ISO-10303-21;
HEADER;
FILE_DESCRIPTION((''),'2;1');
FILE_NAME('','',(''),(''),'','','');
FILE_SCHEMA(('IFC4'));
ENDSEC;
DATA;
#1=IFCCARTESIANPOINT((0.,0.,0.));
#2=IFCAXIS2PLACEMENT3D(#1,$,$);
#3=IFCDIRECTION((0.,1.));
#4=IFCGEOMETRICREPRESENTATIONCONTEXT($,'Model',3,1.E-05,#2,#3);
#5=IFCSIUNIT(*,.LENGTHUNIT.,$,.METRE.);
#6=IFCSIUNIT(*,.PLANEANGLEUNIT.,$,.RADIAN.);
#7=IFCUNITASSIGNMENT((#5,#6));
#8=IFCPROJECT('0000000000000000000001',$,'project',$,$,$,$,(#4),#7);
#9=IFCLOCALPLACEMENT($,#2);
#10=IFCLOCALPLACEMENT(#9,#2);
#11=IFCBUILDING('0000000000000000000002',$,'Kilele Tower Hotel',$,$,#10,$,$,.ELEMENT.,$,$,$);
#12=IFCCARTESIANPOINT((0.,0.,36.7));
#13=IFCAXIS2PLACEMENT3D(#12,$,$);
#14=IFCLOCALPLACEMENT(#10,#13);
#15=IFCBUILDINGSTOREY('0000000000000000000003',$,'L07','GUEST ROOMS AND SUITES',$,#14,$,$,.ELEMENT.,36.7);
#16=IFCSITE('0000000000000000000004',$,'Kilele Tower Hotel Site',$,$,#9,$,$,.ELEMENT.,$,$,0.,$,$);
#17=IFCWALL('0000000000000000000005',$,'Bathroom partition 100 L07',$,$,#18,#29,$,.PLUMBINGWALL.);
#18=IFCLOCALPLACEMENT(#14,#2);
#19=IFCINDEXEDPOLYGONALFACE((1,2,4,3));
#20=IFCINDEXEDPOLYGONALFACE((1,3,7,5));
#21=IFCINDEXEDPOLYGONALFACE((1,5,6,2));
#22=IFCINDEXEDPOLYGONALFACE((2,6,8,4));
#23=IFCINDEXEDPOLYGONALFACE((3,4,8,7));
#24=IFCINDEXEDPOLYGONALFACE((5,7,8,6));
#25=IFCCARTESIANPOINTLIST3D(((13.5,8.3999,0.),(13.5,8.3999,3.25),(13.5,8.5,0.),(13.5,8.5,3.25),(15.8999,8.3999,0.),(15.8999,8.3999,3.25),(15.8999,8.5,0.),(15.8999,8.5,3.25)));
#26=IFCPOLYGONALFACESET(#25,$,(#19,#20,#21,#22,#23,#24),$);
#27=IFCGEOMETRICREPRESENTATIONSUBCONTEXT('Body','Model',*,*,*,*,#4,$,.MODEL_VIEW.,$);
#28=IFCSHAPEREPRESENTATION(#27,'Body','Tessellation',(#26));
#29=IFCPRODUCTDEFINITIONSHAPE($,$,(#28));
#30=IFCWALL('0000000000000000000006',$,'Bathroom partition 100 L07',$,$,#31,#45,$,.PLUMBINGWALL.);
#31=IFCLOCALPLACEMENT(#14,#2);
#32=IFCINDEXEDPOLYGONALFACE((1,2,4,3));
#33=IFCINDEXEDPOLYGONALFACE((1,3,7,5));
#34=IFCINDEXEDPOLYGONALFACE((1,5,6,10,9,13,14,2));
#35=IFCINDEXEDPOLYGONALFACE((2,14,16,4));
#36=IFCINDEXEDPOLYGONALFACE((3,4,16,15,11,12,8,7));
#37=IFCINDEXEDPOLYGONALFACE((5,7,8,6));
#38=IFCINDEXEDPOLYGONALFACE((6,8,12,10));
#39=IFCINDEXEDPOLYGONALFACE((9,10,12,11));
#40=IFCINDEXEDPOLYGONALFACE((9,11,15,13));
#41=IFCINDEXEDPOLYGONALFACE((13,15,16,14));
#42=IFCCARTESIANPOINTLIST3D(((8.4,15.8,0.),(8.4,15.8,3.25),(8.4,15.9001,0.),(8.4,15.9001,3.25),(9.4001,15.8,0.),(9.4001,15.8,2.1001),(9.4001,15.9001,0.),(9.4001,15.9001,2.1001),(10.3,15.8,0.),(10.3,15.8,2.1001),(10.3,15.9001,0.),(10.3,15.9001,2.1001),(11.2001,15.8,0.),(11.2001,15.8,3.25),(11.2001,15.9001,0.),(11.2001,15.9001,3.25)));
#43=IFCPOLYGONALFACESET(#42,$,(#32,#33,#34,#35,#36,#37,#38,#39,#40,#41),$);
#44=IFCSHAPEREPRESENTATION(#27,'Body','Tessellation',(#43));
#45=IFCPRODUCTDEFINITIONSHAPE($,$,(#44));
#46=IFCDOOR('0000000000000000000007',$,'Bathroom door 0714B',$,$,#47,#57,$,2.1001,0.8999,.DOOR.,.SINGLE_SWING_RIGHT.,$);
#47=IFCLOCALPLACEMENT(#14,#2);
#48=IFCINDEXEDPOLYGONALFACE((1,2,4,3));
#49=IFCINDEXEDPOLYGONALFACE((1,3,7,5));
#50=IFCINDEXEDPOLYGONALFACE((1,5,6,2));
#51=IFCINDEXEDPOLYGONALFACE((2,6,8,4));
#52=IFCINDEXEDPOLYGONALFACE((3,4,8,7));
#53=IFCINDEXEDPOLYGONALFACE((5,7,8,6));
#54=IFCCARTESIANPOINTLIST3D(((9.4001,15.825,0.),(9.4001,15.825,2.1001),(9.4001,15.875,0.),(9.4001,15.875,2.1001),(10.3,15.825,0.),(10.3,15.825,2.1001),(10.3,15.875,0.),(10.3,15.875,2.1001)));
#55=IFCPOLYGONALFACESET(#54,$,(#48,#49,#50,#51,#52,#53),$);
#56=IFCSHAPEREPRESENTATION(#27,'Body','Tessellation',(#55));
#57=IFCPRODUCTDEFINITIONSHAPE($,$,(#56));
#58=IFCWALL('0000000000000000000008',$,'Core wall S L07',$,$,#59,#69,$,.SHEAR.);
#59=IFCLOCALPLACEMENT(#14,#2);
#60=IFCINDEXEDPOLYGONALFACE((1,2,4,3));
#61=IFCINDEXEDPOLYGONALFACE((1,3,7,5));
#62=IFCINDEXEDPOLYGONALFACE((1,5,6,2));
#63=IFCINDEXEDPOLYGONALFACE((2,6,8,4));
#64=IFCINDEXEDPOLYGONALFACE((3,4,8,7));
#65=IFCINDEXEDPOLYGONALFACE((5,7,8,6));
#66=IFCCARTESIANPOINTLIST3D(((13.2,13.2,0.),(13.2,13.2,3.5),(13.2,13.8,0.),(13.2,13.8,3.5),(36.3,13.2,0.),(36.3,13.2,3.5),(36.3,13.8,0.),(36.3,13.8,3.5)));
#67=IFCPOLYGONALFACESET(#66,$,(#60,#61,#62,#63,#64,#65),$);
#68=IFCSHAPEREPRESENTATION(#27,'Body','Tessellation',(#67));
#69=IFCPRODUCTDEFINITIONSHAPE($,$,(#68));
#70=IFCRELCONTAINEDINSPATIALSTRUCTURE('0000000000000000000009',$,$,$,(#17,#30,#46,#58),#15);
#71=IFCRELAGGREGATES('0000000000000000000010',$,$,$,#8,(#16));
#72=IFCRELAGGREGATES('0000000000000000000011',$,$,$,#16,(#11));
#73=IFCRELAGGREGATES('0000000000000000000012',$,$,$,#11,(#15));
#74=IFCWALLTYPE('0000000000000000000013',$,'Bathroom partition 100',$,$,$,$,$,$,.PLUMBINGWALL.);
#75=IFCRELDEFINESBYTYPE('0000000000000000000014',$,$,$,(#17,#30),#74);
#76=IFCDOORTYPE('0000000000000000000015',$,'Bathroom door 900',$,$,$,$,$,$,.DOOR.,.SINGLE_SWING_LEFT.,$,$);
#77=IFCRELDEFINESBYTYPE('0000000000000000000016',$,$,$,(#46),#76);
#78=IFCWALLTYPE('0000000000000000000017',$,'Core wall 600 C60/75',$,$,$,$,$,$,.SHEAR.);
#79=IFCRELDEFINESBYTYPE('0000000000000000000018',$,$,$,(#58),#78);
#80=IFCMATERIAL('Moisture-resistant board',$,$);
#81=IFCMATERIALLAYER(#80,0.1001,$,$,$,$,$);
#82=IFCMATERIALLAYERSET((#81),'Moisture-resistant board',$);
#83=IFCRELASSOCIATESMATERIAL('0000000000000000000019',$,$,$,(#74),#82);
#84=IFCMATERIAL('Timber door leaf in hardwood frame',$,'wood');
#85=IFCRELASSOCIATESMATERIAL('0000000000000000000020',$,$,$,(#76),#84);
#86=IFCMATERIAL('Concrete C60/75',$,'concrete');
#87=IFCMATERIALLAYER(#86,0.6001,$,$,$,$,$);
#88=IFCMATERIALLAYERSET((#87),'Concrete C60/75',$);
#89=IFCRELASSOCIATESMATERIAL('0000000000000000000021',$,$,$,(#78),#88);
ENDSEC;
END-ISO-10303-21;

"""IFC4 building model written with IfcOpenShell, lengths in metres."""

from ifc_helpers import new_model, si_unit, direction, frame, frame_2d, origin, place, context, subcontext, project, spatial, rectangle, extrude, material, layer, layer_set, type_object, element, fill, save


model = new_model("IFC4")

# Units and contexts
model_context = context("Model", 3, precision=1e-05, world=origin(), true_north=direction((0.0, 1.0)))
body_context = subcontext(model_context, "Body", "Model", "MODEL_VIEW")
ifc_project = project(units=[si_unit("LENGTHUNIT", "METRE"), si_unit("PLANEANGLEUNIT", "RADIAN")], contexts=[model_context])

# Site, building, storey
site_placement = place(None, origin())
site = spatial("IfcSite", under=ifc_project, at=site_placement, Name="Kilele Tower Hotel Site", CompositionType="ELEMENT", RefElevation=0.0)
building_placement = place(site_placement, origin())
building = spatial("IfcBuilding", under=site, at=building_placement, Name="Kilele Tower Hotel", CompositionType="ELEMENT")
storey_placement = place(building_placement, frame((0.0, 0.0, 36.7)))
storey = spatial("IfcBuildingStorey", under=building, at=storey_placement, Name="L07", Description="GUEST ROOMS AND SUITES", CompositionType="ELEMENT", Elevation=36.7)

# Wall
ifc_material_1 = material(Name="Moisture-resistant board")
ifc_layer_1 = layer(ifc_material_1, 0.1001)
ifc_layer_set_1 = layer_set([ifc_layer_1], Name="Moisture-resistant board")
wall_type_1 = type_object("IfcWallType", Name="Bathroom partition 100", PredefinedType="PLUMBINGWALL", material=ifc_layer_set_1)
wall_1_placement = place(storey_placement, frame((13.5, 8.45, 0.0), z_axis=(0.0, 0.0, 1.0), x_axis=(1.0, 0.0, 0.0)))
element("IfcWall", 1, at=wall_1_placement, inside=storey, type_object=wall_type_1, Name="Bathroom partition 100 L07", PredefinedType="PLUMBINGWALL", context=body_context, shape_type="SweptSolid", body=[
    extrude(rectangle(XDim=2.3999, YDim=0.1001, at=frame_2d((1.2, 0.0))), origin(), (0.0, 0.0, 1.0), 3.25),
])

# Wall, opening, door
wall_2_placement = place(storey_placement, frame((11.2, 15.8501, 0.0), z_axis=(0.0, 0.0, 1.0), x_axis=(-1.0, 0.0, 0.0)))
wall_2 = element("IfcWall", 2, at=wall_2_placement, inside=storey, type_object=wall_type_1, Name="Bathroom partition 100 L07", PredefinedType="PLUMBINGWALL", context=body_context, shape_type="SweptSolid", body=[
    extrude(rectangle(XDim=2.8, YDim=0.1001, at=frame_2d((1.3999, 0.0))), origin(), (0.0, 0.0, 1.0), 3.25),
])
opening_1_placement = place(wall_2_placement, frame((1.7998, 0.0, 0.0), z_axis=(0.0, 0.0, 1.0), x_axis=(-1.0, 0.0, 0.0)))
opening_1 = element("IfcOpeningElement", 3, at=opening_1_placement, cuts=wall_2, PredefinedType="OPENING", context=body_context, shape_type="SweptSolid", body=[
    extrude(rectangle(XDim=0.8999, YDim=2.1001, at=frame_2d((0.45, 1.05))), frame((0.0, 0.0601, 0.0), z_axis=(0.0, -1.0, 0.0), x_axis=(1.0, 0.0, 0.0)), (0.0, 0.0, 1.0), 0.1201),
])
ifc_material_2 = material(Name="Timber door leaf in hardwood frame", Category="wood")
door_type_1 = type_object("IfcDoorType", Name="Bathroom door 900", OperationType="SINGLE_SWING_LEFT", PredefinedType="DOOR", material=ifc_material_2)
door_1_placement = place(opening_1_placement, origin())
door_1 = element("IfcDoor", 4, at=door_1_placement, inside=storey, type_object=door_type_1, Name="Bathroom door 0714B", OperationType="SINGLE_SWING_RIGHT", OverallHeight=2.1001, OverallWidth=0.8999, PredefinedType="DOOR", context=body_context, shape_type="SweptSolid", body=[
    extrude(rectangle(XDim=0.8999, YDim=2.1001, at=frame_2d((0.45, 1.05))), frame((0.0, 0.0249, 0.0), z_axis=(0.0, -1.0, 0.0), x_axis=(1.0, 0.0, 0.0)), (0.0, 0.0, 1.0), 0.05),
])
fill(opening_1, door_1)

# Wall
ifc_material_3 = material(Name="Concrete C60/75", Category="concrete")
ifc_layer_2 = layer(ifc_material_3, 0.6001)
ifc_layer_set_2 = layer_set([ifc_layer_2], Name="Concrete C60/75")
wall_type_2 = type_object("IfcWallType", Name="Core wall 600 C60/75", PredefinedType="SHEAR", material=ifc_layer_set_2)
wall_3_placement = place(storey_placement, frame((13.2, 13.5, 0.0), z_axis=(0.0, 0.0, 1.0), x_axis=(1.0, 0.0, 0.0)))
element("IfcWall", 5, at=wall_3_placement, inside=storey, type_object=wall_type_2, Name="Core wall S L07", PredefinedType="SHEAR", context=body_context, shape_type="SweptSolid", body=[
    extrude(rectangle(XDim=23.1001, YDim=0.6001, at=frame_2d((11.55, 0.0))), origin(), (0.0, 0.0, 1.0), 3.5),
])

save(model, "model.ifc")
